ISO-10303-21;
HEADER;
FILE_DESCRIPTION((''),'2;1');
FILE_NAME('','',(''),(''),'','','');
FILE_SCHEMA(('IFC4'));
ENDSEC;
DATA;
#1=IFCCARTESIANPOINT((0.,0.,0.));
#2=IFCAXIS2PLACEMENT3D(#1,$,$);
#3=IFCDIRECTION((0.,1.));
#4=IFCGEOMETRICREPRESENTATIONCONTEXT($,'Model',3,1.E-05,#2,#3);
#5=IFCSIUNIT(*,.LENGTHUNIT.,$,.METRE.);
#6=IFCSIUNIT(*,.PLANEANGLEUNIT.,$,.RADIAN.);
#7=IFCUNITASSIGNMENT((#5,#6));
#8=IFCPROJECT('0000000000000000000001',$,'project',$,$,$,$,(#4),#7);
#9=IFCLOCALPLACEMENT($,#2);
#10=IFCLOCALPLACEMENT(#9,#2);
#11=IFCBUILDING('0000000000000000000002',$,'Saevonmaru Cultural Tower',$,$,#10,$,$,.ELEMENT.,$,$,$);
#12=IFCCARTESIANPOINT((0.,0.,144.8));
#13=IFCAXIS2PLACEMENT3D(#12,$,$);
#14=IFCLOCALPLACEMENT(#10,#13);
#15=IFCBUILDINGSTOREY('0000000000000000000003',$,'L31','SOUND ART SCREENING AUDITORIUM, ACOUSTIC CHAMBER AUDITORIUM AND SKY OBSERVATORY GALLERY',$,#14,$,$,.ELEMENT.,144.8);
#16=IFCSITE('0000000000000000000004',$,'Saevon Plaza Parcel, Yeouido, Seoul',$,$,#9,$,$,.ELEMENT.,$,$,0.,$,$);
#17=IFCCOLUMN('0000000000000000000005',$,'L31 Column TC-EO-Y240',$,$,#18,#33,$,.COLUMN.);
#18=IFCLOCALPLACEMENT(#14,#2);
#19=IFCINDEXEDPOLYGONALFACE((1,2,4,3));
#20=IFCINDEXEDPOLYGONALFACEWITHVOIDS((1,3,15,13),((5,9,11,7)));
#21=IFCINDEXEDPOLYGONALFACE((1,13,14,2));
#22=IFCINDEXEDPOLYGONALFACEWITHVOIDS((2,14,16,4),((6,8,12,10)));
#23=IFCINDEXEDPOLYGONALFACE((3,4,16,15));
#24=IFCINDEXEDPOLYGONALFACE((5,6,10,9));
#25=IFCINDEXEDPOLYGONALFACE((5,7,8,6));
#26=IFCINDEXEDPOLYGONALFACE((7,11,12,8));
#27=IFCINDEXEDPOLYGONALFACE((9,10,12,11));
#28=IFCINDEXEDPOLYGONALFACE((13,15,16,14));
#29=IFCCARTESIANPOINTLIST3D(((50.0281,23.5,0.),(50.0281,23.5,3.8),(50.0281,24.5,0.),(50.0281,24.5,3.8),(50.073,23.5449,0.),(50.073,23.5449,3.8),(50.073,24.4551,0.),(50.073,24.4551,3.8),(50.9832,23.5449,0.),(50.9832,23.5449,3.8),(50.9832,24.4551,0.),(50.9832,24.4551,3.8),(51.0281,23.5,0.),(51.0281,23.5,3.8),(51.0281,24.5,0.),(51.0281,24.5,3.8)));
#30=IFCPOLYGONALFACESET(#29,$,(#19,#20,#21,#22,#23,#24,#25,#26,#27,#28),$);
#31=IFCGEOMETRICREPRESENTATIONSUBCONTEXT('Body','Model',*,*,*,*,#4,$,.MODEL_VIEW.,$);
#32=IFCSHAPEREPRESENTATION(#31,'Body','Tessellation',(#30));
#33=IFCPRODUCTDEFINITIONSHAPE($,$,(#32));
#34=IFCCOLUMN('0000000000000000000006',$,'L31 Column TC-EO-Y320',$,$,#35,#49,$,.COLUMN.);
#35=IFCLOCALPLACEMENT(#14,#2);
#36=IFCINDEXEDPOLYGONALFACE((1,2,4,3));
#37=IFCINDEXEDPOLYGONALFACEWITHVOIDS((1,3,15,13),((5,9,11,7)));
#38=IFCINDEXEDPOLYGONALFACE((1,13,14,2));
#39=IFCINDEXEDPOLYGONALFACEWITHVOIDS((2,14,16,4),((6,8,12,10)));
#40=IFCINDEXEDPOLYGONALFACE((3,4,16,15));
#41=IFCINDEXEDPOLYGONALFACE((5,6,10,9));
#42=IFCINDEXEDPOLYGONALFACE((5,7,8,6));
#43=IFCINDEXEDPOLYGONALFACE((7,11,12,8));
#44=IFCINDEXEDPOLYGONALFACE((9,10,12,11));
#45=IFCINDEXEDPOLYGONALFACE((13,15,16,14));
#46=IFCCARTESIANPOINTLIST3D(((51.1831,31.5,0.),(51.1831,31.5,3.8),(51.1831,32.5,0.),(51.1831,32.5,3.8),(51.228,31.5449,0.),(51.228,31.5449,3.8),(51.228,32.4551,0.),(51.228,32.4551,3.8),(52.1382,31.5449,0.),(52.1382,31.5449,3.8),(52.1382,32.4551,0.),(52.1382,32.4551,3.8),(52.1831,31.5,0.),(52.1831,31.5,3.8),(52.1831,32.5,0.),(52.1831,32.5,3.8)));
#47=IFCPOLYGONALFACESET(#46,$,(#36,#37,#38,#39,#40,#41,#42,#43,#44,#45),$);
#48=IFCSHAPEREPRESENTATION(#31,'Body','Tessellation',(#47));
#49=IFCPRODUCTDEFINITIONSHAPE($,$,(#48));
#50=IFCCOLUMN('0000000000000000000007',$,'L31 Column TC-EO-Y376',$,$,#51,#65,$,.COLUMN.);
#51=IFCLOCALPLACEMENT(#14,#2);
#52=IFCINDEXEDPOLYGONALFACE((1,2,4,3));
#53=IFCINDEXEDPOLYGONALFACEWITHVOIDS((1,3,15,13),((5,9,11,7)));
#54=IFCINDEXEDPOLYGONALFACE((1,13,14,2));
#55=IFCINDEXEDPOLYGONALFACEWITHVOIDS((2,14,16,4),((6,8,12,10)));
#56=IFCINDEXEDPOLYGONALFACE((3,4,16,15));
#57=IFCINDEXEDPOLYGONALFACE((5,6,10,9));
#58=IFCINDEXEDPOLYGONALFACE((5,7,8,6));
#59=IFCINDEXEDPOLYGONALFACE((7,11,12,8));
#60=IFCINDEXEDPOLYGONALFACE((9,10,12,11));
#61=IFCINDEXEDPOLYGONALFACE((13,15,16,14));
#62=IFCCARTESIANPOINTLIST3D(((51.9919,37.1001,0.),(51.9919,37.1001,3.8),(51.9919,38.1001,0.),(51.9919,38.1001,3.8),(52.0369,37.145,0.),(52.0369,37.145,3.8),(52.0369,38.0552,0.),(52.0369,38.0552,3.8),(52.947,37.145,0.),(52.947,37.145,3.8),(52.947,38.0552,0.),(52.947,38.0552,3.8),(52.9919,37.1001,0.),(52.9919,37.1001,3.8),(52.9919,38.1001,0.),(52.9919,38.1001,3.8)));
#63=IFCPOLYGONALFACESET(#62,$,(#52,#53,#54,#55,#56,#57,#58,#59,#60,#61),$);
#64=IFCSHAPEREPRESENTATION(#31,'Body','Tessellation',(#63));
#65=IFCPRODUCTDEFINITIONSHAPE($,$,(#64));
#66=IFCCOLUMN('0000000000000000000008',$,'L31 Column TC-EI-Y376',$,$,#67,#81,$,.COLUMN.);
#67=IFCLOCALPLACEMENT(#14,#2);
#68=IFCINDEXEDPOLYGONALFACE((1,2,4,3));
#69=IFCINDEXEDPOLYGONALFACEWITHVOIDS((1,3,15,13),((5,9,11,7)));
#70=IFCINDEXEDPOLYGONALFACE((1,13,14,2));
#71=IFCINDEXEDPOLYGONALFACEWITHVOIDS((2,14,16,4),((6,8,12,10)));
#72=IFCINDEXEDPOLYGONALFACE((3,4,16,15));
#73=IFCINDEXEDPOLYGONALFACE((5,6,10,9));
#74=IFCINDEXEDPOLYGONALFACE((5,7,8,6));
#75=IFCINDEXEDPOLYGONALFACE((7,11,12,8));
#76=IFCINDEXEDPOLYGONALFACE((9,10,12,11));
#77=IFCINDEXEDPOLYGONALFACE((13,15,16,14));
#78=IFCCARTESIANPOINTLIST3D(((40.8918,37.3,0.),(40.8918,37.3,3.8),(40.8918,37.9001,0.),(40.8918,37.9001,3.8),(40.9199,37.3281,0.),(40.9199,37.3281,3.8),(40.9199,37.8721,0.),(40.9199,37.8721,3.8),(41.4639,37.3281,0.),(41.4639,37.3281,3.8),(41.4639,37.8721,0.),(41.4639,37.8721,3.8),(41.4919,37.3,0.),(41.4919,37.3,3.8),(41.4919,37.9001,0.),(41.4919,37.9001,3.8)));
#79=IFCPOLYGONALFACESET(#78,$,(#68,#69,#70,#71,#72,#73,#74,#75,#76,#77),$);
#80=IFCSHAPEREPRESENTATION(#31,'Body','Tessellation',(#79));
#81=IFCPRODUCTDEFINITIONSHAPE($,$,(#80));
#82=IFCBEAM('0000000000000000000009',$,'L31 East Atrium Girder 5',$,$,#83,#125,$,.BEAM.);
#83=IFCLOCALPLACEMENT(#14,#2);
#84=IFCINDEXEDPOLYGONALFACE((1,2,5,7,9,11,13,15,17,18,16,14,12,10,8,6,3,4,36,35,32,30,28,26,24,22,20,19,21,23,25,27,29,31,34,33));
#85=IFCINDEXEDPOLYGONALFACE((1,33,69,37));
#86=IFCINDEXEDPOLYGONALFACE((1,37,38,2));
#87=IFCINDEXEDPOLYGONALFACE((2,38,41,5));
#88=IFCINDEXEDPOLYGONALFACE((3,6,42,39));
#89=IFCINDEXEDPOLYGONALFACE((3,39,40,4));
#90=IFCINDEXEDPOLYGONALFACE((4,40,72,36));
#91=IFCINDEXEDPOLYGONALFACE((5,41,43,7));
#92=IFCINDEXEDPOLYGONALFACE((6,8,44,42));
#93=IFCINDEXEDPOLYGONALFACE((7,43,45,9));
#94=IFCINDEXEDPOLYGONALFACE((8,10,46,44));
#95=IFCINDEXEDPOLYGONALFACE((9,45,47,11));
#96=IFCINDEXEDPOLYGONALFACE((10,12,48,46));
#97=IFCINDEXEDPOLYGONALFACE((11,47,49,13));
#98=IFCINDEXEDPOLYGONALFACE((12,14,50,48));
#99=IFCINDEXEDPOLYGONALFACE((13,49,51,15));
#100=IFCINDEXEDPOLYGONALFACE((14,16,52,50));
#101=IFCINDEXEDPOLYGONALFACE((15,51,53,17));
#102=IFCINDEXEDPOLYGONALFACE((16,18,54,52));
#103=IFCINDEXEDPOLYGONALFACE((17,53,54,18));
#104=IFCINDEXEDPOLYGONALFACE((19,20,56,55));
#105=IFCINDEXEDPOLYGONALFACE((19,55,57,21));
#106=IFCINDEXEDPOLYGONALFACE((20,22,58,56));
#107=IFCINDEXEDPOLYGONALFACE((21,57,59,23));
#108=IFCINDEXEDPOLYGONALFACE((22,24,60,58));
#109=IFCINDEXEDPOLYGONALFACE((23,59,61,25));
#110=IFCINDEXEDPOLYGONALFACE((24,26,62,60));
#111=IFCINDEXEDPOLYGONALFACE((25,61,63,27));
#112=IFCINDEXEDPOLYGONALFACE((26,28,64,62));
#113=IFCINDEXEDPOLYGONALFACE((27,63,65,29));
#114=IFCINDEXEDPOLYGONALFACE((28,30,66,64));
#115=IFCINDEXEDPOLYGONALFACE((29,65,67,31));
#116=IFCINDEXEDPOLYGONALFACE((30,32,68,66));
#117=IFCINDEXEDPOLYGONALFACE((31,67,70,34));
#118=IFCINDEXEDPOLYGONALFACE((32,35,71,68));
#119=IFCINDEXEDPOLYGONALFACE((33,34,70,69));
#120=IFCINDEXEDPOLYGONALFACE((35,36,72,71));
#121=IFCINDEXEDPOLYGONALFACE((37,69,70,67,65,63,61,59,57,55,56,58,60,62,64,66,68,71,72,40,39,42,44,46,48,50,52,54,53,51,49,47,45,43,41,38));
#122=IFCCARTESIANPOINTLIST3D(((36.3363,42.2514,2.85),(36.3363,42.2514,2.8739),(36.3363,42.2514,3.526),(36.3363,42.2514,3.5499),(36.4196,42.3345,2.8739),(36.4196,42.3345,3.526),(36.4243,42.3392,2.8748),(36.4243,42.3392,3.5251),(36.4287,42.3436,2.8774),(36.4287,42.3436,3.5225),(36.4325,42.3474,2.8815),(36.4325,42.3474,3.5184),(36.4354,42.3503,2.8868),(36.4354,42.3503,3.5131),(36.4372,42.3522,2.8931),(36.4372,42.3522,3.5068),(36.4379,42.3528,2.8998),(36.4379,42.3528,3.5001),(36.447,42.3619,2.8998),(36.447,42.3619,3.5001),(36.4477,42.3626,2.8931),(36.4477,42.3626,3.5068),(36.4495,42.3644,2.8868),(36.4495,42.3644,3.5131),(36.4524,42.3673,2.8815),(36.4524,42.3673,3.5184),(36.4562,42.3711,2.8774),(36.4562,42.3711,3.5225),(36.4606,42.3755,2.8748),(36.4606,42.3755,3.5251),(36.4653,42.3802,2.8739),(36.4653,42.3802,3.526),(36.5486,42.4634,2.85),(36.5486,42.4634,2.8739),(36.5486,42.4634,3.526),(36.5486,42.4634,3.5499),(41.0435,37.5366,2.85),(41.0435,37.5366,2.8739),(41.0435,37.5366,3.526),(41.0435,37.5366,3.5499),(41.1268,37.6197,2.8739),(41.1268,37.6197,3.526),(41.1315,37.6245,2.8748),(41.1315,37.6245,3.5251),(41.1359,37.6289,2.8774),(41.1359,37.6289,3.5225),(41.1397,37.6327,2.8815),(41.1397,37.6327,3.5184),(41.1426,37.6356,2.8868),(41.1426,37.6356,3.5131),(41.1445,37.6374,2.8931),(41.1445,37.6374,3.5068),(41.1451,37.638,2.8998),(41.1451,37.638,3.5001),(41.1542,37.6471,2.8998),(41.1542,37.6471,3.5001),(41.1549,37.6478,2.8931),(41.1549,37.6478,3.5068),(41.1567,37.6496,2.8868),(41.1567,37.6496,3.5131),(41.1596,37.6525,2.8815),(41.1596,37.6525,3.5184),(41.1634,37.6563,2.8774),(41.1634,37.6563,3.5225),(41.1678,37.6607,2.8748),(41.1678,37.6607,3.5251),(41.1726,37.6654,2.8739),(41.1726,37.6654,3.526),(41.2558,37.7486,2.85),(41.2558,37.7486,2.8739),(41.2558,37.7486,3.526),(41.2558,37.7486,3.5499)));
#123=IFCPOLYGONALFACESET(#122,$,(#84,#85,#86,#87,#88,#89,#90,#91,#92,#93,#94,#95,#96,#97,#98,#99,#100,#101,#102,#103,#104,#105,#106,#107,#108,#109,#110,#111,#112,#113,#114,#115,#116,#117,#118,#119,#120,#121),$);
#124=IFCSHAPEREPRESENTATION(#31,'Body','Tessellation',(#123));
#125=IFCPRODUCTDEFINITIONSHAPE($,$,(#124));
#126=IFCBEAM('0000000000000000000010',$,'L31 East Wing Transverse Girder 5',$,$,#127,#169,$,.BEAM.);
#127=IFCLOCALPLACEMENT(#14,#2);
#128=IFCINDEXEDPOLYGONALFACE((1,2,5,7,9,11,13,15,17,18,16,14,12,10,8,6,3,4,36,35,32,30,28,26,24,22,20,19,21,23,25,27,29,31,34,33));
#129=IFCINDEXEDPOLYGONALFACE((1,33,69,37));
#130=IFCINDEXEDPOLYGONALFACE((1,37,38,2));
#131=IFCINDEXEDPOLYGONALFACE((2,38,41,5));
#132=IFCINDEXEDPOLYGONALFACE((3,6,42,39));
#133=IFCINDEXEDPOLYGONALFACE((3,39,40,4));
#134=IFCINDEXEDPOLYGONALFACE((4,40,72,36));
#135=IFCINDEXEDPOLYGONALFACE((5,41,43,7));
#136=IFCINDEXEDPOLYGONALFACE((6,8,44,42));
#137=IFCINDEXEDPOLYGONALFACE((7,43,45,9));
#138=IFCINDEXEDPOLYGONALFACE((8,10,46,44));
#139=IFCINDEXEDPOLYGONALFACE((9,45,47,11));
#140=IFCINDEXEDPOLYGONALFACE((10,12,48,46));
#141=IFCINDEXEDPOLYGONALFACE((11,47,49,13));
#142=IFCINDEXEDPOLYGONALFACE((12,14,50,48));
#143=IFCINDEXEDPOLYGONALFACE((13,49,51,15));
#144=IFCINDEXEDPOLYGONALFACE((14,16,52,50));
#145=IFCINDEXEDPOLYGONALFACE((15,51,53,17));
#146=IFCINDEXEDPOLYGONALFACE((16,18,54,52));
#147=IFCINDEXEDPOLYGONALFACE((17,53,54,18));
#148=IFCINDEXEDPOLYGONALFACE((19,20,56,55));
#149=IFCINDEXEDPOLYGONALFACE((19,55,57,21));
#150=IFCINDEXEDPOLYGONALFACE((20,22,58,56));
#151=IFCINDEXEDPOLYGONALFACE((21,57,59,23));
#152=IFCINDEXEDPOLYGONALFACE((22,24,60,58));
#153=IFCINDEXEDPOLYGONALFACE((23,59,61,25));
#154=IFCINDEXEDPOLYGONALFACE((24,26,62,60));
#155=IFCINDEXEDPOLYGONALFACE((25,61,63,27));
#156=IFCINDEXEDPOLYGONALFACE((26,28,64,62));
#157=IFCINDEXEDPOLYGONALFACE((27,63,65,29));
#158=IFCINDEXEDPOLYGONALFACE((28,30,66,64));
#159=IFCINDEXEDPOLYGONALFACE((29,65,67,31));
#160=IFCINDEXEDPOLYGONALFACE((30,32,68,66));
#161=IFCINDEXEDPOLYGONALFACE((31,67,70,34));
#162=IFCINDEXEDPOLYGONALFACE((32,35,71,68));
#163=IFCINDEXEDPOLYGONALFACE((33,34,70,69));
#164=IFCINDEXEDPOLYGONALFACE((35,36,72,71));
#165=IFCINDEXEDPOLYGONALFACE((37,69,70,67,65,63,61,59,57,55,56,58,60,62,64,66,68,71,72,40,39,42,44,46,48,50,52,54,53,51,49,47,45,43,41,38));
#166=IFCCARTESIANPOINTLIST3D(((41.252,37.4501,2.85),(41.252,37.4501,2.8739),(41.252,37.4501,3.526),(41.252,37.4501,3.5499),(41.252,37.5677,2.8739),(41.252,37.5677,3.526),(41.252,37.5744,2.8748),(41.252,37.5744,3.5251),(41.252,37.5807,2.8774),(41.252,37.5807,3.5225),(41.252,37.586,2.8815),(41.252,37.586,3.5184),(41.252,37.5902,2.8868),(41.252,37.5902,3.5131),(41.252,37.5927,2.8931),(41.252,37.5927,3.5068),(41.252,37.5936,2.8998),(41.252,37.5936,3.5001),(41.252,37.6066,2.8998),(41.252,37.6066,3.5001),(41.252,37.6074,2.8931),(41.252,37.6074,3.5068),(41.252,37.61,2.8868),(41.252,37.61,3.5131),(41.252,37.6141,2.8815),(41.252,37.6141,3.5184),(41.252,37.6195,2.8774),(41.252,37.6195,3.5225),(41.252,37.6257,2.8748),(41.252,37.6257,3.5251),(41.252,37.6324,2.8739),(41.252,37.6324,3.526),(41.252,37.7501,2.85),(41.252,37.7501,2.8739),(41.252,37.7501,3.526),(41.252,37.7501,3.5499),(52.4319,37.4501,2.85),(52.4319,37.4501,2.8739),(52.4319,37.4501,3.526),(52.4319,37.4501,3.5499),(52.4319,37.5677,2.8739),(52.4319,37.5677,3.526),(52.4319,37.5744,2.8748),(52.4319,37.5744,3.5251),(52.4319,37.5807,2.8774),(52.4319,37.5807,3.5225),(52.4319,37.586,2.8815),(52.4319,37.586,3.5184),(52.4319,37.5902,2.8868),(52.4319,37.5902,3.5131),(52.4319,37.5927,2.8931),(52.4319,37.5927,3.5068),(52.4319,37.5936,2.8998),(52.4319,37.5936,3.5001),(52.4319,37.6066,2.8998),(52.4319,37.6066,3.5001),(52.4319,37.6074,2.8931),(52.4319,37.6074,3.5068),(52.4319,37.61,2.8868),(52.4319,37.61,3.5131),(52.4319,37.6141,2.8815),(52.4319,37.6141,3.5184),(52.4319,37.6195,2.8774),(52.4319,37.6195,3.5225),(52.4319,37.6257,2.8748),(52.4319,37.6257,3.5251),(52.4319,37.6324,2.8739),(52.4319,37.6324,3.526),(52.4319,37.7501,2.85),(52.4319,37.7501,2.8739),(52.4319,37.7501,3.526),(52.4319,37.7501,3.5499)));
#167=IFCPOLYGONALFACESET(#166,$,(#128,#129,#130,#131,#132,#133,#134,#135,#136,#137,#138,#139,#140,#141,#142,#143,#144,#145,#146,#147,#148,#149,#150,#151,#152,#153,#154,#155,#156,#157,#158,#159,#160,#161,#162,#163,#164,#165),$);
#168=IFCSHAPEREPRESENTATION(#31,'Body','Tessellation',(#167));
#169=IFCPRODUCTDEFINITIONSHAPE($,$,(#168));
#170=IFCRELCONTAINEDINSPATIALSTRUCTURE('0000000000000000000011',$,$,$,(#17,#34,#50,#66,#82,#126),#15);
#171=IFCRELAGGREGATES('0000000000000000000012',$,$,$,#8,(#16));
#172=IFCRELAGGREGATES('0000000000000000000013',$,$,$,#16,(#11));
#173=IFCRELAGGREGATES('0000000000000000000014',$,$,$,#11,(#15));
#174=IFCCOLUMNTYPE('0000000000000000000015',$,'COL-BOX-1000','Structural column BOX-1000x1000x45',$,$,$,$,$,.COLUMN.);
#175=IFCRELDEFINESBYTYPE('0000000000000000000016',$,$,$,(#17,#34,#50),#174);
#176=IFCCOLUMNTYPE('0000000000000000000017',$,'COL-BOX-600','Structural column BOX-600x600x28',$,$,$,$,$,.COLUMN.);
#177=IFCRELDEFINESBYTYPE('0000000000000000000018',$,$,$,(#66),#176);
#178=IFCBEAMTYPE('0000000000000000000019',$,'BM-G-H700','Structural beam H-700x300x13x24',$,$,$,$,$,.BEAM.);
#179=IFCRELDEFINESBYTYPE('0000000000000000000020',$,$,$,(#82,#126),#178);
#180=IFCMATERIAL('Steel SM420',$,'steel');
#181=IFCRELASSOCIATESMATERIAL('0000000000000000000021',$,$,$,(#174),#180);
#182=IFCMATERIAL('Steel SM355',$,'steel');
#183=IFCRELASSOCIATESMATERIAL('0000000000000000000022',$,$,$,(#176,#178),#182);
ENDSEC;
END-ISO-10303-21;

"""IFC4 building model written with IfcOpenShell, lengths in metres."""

from ifc_helpers import new_model, si_unit, direction, frame, origin, origin_2d, place, context, subcontext, project, spatial, hollow_rectangle, i_section, extrude, material, material_profile, profile_set, type_object, element, save


model = new_model("IFC4")

# Units and contexts
model_context = context("Model", 3, precision=1e-05, world=origin(), true_north=direction((0.0, 1.0)))
body_context = subcontext(model_context, "Body", "Model", "MODEL_VIEW")
ifc_project = project(units=[si_unit("LENGTHUNIT", "METRE"), si_unit("PLANEANGLEUNIT", "RADIAN")], contexts=[model_context])

# Site, building, storey
site_placement = place(None, origin())
site = spatial("IfcSite", under=ifc_project, at=site_placement, Name="Saevon Plaza Parcel, Yeouido, Seoul", CompositionType="ELEMENT", RefElevation=0.0)
building_placement = place(site_placement, origin())
building = spatial("IfcBuilding", under=site, at=building_placement, Name="Saevonmaru Cultural Tower", CompositionType="ELEMENT")
storey_placement = place(building_placement, frame((0.0, 0.0, 144.8)))
storey = spatial("IfcBuildingStorey", under=building, at=storey_placement, Name="L31", Description="SOUND ART SCREENING AUDITORIUM, ACOUSTIC CHAMBER AUDITORIUM AND SKY OBSERVATORY GALLERY", CompositionType="ELEMENT", Elevation=144.8)

# Columns
ifc_material_1 = material(Name="Steel SM420", Category="steel")
ifc_material_profile_1 = material_profile(ifc_material_1, hollow_rectangle(XDim=1.0, YDim=1.0, WallThickness=0.0449, at=origin_2d()), Name="BOX-1000x1000x45")
ifc_profile_set_1 = profile_set([ifc_material_profile_1], Name="Steel SM420")
column_type_1 = type_object("IfcColumnType", Name="COL-BOX-1000", Description="Structural column BOX-1000x1000x45", PredefinedType="COLUMN", material=ifc_profile_set_1)
for number, where, z_axis, x_axis, name in (
    (1, (50.5281, 24.0, 0.0), (0.0, 0.0, 1.0), (1.0, 0.0, 0.0), "L31 Column TC-EO-Y240"),
    (2, (51.6831, 32.0, 0.0), (0.0, 0.0, 1.0), (1.0, 0.0, 0.0), "L31 Column TC-EO-Y320"),
    (3, (52.4919, 37.6001, 0.0), (0.0, 0.0, 1.0), (1.0, 0.0, 0.0), "L31 Column TC-EO-Y376"),
):
    element("IfcColumn", number, at=place(storey_placement, frame(where, z_axis=z_axis, x_axis=x_axis)), inside=storey, type_object=column_type_1, Name=name, PredefinedType="COLUMN", context=body_context, shape_type="SweptSolid", body=[
        extrude(hollow_rectangle(XDim=1.0, YDim=1.0, WallThickness=0.0449, at=origin_2d()), origin(), (0.0, 0.0, 1.0), 3.8),
    ])
ifc_material_2 = material(Name="Steel SM355", Category="steel")
ifc_material_profile_2 = material_profile(ifc_material_2, hollow_rectangle(XDim=0.6001, YDim=0.6001, WallThickness=0.0281, at=origin_2d()), Name="BOX-600x600x28")
ifc_profile_set_2 = profile_set([ifc_material_profile_2], Name="Steel SM355")
column_type_2 = type_object("IfcColumnType", Name="COL-BOX-600", Description="Structural column BOX-600x600x28", PredefinedType="COLUMN", material=ifc_profile_set_2)
column_placement = place(storey_placement, frame((41.1919, 37.6001, 0.0), z_axis=(0.0, 0.0, 1.0), x_axis=(1.0, 0.0, 0.0)))
element("IfcColumn", 4, at=column_placement, inside=storey, type_object=column_type_2, Name="L31 Column TC-EI-Y376", PredefinedType="COLUMN", context=body_context, shape_type="SweptSolid", body=[
    extrude(hollow_rectangle(XDim=0.6001, YDim=0.6001, WallThickness=0.0281, at=origin_2d()), origin(), (0.0, 0.0, 1.0), 3.8),
])

# Beams
ifc_material_profile_3 = material_profile(ifc_material_2, i_section(OverallWidth=0.3, OverallDepth=0.7, WebThickness=0.0129, FlangeThickness=0.0239, FilletRadius=0.0259, at=origin_2d()), Name="H-700x300x13x24")
ifc_profile_set_3 = profile_set([ifc_material_profile_3], Name="Steel SM355")
beam_type_1 = type_object("IfcBeamType", Name="BM-G-H700", Description="Structural beam H-700x300x13x24", PredefinedType="BEAM", material=ifc_profile_set_3)
beam_1_placement = place(storey_placement, frame((41.1497, 37.6426, 3.2), z_axis=(-0.706539, 0.707675, 0.0), x_axis=(-0.707675, -0.706539, 0.0)))
element("IfcBeam", 5, at=beam_1_placement, inside=storey, type_object=beam_type_1, Name="L31 East Atrium Girder 5", PredefinedType="BEAM", context=body_context, shape_type="SweptSolid", body=[
    extrude(i_section(OverallWidth=0.3, OverallDepth=0.7, WebThickness=0.0129, FlangeThickness=0.0239, FilletRadius=0.0259, at=origin_2d()), origin(), (0.0, 0.0, 1.0), 6.6624),
])
beam_2_placement = place(storey_placement, frame((41.252, 37.6001, 3.2), z_axis=(1.0, 0.0, 0.0), x_axis=(0.0, 1.0, 0.0)))
element("IfcBeam", 6, at=beam_2_placement, inside=storey, type_object=beam_type_1, Name="L31 East Wing Transverse Girder 5", PredefinedType="BEAM", context=body_context, shape_type="SweptSolid", body=[
    extrude(i_section(OverallWidth=0.3, OverallDepth=0.7, WebThickness=0.0129, FlangeThickness=0.0239, FilletRadius=0.0259, at=origin_2d()), origin(), (0.0, 0.0, 1.0), 11.1799),
])

save(model, "model.ifc")
